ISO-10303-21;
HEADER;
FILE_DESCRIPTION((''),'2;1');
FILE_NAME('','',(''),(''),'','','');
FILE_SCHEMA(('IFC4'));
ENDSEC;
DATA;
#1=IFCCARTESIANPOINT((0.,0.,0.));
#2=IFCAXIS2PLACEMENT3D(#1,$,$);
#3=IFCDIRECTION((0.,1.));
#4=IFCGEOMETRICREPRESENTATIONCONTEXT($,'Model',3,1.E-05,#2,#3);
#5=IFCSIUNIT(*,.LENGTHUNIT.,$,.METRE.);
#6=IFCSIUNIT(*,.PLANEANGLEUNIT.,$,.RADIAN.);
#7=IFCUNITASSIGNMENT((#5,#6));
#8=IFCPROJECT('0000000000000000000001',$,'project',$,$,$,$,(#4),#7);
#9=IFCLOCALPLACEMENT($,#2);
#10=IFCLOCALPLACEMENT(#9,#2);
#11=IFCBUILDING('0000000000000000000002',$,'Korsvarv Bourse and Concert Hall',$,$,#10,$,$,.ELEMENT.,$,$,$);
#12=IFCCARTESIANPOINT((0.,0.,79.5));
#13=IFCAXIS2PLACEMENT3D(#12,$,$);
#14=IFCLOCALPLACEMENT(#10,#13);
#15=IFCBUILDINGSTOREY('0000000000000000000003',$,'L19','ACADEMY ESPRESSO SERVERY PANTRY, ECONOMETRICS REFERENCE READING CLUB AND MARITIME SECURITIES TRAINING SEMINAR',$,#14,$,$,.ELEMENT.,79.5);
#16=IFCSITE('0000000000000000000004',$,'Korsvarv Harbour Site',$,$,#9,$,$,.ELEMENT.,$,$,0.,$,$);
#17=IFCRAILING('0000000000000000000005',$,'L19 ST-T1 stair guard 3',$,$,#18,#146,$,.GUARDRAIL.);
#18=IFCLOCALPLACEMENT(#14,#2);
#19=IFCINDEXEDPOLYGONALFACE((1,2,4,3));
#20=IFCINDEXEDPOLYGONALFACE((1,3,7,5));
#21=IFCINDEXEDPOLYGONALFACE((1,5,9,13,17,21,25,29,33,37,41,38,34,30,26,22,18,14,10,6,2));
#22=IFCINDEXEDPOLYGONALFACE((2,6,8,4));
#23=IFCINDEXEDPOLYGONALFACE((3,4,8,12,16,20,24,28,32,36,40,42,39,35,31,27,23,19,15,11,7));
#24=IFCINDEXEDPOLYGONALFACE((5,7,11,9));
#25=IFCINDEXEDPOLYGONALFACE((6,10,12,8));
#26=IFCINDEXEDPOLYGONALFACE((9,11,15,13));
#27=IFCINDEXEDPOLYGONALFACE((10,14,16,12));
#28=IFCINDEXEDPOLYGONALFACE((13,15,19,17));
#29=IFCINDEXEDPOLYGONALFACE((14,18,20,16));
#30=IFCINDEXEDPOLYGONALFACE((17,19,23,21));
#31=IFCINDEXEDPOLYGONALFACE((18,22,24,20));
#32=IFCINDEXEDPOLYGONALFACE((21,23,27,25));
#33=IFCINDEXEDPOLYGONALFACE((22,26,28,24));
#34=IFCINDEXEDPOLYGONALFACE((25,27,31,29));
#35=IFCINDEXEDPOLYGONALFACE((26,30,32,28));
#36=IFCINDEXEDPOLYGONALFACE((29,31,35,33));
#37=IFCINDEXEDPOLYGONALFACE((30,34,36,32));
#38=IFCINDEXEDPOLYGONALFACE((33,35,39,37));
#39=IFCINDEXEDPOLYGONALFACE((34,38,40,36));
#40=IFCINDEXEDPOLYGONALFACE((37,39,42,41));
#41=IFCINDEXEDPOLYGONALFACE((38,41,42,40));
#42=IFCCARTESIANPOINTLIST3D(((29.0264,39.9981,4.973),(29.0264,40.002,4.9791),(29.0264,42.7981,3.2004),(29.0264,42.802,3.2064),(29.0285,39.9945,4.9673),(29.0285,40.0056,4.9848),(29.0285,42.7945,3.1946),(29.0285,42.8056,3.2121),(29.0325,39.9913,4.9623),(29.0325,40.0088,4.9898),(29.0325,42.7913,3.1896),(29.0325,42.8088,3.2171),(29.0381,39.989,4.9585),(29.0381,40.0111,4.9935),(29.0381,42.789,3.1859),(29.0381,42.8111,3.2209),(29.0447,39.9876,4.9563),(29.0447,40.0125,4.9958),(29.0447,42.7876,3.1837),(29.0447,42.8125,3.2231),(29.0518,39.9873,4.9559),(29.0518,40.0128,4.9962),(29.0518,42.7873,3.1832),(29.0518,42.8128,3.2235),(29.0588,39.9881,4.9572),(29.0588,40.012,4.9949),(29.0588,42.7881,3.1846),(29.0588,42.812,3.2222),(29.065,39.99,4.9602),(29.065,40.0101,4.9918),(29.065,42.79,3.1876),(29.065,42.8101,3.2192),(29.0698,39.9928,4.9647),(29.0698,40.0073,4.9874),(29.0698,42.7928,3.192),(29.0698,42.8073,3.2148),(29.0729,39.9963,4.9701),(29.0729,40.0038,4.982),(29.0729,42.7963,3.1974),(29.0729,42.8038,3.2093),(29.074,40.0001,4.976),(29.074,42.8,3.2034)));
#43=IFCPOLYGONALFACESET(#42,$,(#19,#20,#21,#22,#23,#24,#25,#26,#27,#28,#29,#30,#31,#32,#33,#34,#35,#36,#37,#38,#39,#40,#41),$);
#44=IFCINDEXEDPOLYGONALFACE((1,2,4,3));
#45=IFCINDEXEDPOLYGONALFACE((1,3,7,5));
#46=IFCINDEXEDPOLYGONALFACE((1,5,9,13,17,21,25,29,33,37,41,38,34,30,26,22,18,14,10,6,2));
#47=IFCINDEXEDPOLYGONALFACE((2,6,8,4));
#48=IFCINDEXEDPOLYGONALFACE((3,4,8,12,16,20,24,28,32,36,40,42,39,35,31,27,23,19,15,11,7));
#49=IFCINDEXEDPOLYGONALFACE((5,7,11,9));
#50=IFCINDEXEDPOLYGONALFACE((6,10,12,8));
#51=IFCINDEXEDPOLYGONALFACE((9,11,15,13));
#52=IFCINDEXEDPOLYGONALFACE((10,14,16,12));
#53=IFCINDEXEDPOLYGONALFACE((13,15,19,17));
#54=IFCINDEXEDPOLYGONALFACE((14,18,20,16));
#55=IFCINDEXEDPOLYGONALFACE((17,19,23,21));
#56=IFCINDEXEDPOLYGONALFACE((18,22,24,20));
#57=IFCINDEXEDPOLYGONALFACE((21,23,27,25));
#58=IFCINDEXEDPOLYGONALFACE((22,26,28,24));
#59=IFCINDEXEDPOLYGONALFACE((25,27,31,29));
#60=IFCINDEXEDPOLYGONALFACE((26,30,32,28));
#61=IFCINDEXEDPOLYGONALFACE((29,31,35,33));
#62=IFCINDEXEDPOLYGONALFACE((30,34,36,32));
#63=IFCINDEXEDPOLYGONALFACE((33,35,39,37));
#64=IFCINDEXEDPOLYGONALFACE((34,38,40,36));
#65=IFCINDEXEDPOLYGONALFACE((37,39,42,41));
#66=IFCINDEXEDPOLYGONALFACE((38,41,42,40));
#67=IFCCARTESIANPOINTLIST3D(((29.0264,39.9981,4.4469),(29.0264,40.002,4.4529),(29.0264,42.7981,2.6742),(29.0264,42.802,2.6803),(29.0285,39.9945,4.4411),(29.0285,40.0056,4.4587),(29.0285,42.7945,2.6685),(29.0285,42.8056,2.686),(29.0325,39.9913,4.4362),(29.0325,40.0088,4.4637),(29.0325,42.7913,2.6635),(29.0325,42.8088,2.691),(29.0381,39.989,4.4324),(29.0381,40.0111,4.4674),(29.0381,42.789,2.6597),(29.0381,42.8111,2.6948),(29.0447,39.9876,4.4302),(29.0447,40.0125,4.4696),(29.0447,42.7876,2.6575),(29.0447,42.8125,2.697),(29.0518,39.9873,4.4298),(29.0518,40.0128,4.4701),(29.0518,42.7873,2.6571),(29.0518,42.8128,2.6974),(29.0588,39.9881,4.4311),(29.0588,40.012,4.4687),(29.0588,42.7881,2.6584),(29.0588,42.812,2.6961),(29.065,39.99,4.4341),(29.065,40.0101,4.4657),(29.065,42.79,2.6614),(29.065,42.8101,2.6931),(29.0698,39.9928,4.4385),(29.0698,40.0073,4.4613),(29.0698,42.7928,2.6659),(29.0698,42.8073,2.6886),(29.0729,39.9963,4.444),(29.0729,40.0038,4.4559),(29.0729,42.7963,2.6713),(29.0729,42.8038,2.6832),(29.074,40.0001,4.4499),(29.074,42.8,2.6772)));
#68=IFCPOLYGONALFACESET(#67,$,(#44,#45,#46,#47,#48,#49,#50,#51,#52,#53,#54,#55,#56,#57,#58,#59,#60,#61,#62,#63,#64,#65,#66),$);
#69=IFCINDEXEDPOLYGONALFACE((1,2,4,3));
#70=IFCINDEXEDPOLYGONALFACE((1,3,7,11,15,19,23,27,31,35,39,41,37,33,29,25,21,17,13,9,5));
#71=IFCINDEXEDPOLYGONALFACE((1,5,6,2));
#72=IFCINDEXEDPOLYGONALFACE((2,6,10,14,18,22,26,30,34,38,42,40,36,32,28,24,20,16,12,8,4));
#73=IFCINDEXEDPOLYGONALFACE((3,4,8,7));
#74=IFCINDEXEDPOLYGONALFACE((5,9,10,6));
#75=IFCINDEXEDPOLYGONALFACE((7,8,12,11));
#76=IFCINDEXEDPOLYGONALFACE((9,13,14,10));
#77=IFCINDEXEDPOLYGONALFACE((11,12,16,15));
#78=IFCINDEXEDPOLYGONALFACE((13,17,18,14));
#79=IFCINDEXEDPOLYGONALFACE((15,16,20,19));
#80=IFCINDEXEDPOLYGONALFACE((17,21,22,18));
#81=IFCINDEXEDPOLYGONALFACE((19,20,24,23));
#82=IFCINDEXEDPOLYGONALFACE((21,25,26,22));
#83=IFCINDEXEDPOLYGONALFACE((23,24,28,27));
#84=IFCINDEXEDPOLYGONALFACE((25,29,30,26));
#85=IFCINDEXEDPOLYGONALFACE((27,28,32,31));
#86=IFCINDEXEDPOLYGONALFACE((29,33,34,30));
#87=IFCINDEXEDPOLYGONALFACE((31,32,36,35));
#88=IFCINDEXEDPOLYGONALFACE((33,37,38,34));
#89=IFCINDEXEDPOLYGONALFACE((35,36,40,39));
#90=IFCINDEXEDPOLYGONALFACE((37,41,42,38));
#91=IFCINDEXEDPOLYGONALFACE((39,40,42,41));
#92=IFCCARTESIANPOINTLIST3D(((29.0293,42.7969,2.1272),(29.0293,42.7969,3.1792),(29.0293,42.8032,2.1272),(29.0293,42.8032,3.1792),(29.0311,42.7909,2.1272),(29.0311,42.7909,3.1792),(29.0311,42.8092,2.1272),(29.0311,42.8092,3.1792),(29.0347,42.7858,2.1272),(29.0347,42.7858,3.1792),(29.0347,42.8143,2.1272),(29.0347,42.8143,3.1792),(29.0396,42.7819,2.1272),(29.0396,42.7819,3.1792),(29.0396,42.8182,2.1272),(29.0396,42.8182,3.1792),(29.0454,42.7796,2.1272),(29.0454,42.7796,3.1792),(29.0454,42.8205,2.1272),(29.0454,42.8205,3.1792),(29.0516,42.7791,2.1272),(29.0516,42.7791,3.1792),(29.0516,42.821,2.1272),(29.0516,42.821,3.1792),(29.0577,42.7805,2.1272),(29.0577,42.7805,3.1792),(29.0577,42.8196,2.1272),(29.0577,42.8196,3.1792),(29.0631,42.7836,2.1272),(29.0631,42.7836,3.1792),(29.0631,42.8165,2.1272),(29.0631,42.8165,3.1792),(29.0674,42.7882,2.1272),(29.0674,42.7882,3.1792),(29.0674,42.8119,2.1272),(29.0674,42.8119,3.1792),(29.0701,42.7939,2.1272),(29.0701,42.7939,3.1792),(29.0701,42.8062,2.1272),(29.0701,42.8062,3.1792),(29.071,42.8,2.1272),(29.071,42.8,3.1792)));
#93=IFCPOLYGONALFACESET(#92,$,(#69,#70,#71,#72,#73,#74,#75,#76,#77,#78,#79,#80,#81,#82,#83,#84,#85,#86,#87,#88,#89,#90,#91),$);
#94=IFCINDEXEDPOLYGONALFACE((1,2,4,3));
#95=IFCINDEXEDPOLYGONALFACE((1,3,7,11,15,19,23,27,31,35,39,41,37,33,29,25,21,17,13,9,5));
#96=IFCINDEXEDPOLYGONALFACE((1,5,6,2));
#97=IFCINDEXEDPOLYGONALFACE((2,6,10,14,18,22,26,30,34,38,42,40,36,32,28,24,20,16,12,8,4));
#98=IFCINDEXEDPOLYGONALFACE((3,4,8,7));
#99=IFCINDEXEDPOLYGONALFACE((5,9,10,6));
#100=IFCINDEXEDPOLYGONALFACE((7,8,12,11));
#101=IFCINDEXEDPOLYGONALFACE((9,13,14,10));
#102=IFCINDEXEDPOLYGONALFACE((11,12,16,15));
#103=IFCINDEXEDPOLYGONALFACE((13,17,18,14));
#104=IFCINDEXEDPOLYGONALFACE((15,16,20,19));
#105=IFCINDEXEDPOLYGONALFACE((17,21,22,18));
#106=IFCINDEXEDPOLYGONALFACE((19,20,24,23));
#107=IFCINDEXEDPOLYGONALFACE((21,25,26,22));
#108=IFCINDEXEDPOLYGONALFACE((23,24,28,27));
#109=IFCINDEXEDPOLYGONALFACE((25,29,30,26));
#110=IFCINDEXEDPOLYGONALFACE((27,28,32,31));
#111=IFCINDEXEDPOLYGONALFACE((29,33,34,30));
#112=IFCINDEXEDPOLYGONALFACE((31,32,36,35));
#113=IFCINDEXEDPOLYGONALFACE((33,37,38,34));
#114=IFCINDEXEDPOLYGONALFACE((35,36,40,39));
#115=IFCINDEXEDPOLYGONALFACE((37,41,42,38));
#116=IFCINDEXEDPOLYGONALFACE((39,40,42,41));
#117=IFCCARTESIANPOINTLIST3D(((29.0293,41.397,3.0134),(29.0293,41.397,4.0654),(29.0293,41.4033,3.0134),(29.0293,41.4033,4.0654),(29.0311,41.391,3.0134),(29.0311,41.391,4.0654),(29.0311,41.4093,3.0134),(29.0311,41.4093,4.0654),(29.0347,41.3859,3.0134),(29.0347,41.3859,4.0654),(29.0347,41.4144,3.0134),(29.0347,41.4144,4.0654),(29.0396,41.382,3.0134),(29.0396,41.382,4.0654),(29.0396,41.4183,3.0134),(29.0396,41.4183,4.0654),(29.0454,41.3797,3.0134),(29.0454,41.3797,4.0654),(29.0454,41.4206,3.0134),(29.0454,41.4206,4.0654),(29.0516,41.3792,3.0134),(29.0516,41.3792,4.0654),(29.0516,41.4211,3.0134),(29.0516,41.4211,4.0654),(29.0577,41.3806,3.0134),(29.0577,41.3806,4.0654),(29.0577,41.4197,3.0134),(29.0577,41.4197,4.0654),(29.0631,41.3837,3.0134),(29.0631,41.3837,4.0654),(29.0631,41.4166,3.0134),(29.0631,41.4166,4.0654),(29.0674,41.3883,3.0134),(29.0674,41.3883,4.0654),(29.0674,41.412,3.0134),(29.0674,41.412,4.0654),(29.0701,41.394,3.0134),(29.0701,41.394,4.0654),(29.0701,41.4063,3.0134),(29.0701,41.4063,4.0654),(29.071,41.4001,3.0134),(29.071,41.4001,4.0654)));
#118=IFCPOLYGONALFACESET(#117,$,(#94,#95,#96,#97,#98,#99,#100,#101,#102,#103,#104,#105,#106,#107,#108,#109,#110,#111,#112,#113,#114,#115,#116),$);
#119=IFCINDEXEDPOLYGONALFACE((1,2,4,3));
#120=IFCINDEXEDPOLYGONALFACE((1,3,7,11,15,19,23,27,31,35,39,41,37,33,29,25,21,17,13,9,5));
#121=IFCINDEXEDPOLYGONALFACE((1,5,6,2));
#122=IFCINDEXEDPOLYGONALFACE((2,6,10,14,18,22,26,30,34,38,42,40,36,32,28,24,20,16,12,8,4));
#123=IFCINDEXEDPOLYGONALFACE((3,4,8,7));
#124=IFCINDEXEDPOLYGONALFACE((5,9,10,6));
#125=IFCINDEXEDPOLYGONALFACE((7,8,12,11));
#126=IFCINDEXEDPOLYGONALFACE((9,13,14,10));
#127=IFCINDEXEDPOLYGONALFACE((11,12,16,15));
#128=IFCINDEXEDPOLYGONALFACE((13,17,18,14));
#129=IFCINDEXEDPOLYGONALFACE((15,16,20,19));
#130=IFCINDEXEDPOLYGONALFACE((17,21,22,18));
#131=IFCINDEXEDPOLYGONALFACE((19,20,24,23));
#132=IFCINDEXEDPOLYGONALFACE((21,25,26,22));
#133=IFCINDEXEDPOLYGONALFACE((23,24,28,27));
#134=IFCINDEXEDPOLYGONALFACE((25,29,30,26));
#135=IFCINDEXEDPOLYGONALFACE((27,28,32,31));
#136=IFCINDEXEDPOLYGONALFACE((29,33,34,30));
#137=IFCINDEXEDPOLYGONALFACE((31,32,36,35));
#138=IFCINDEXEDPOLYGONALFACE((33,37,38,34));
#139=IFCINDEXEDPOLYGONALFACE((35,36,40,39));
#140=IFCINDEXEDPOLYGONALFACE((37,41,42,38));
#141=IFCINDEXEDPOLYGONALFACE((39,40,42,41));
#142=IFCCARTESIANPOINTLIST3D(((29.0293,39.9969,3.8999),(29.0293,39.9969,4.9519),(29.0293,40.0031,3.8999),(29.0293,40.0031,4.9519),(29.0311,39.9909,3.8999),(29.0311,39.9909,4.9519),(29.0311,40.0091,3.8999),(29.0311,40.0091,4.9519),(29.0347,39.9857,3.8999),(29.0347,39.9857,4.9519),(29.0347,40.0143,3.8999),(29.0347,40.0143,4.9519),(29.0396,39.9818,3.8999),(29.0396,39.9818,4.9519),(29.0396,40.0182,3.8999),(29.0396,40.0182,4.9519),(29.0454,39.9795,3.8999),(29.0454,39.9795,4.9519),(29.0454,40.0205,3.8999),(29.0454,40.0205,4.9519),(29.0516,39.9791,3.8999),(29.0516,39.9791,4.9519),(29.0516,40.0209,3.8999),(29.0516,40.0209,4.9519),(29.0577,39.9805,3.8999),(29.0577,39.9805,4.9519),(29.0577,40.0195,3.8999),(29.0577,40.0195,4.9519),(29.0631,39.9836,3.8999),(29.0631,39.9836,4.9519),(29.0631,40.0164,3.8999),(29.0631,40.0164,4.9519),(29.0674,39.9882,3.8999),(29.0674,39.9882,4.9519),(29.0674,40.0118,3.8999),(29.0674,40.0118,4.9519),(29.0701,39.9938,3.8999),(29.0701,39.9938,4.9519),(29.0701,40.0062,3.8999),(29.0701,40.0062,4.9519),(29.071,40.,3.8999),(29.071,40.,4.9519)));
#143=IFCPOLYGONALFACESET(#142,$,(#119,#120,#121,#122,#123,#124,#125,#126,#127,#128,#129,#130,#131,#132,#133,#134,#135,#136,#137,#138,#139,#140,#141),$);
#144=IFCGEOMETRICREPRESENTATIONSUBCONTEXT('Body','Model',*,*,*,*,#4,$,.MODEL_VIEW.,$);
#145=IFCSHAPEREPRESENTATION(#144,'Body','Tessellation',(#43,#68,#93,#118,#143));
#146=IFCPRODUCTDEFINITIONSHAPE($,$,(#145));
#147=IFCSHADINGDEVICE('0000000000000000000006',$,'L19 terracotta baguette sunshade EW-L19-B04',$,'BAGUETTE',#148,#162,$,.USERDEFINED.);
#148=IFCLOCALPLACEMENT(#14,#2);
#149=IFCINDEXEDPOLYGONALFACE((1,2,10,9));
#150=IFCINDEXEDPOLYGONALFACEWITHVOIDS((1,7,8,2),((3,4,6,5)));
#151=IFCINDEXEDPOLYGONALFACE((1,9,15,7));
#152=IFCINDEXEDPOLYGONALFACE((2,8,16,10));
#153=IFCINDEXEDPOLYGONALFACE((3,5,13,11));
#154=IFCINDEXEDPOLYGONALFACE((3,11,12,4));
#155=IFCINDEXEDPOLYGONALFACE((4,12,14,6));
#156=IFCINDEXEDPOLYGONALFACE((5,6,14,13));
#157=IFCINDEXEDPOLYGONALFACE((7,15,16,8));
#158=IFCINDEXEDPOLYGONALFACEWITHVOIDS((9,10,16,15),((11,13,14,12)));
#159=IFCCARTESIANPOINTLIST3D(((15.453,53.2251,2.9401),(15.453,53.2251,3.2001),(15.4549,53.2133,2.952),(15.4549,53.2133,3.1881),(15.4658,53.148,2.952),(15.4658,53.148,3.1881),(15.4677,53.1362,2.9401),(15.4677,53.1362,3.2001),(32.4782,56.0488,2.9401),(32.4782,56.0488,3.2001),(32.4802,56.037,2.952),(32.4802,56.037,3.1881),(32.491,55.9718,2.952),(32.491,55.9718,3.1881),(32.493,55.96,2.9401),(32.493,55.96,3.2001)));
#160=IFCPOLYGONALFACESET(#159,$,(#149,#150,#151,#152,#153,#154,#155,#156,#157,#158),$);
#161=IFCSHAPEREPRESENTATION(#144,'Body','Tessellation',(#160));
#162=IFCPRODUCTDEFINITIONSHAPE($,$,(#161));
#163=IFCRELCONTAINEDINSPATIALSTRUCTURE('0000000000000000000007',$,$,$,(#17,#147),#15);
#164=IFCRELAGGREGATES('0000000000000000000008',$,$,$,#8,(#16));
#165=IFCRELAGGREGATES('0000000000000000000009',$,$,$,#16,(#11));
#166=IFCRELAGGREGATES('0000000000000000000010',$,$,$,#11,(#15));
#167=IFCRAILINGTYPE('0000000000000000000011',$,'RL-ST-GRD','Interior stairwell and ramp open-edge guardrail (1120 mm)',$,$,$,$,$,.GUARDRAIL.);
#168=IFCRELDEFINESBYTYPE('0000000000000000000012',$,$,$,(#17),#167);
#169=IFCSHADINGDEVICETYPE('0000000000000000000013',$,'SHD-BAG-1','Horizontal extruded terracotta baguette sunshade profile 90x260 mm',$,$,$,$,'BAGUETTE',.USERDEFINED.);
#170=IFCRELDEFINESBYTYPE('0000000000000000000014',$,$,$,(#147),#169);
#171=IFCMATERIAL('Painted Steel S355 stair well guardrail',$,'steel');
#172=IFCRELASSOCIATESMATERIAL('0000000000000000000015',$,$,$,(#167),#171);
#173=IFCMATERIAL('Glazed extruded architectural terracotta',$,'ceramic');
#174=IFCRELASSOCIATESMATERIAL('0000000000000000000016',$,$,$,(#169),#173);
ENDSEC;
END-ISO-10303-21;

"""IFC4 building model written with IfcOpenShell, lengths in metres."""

from ifc_helpers import new_model, si_unit, direction, frame, origin, origin_2d, place, context, subcontext, project, spatial, hollow_rectangle, circle, extrude, source, transform, mapped, material, material_profile, profile_set, type_object, element, save


model = new_model("IFC4")

# Units and contexts
model_context = context("Model", 3, precision=1e-05, world=origin(), true_north=direction((0.0, 1.0)))
body_context = subcontext(model_context, "Body", "Model", "MODEL_VIEW")
ifc_project = project(units=[si_unit("LENGTHUNIT", "METRE"), si_unit("PLANEANGLEUNIT", "RADIAN")], contexts=[model_context])

# Site, building, storey
site_placement = place(None, origin())
site = spatial("IfcSite", under=ifc_project, at=site_placement, Name="Korsvarv Harbour Site", CompositionType="ELEMENT", RefElevation=0.0)
building_placement = place(site_placement, origin())
building = spatial("IfcBuilding", under=site, at=building_placement, Name="Korsvarv Bourse and Concert Hall", CompositionType="ELEMENT")
storey_placement = place(building_placement, frame((0.0, 0.0, 79.5)))
storey = spatial("IfcBuildingStorey", under=building, at=storey_placement, Name="L19", Description="ACADEMY ESPRESSO SERVERY PANTRY, ECONOMETRICS REFERENCE READING CLUB AND MARITIME SECURITIES TRAINING SEMINAR", CompositionType="ELEMENT", Elevation=79.5)

# Railing
ifc_material_1 = material(Name="Painted Steel S355 stair well guardrail", Category="steel")
railing_type = type_object("IfcRailingType", Name="RL-ST-GRD", Description="Interior stairwell and ramp open-edge guardrail (1120 mm)", PredefinedType="GUARDRAIL", material=ifc_material_1)
railing_1_placement = place(storey_placement, frame((29.05, 42.8, 2.1272)))
element("IfcRailing", 1, at=railing_1_placement, inside=storey, type_object=railing_type, Name="L19 ST-T1 stair guard 3", PredefinedType="GUARDRAIL", context=body_context, shape_type="SweptSolid", body=[
    extrude(circle(Radius=0.0239, at=origin_2d()), frame((0.0, 0.0, 1.0762), z_axis=(0.0, -0.844909, 0.53491), x_axis=(1.0, 0.0, 0.0)), (0.0, 0.0, 1.0), 3.314),
    extrude(circle(Radius=0.0239, at=origin_2d()), frame((0.0, 0.0, 0.55), z_axis=(0.0, -0.844909, 0.53491), x_axis=(1.0, 0.0, 0.0)), (0.0, 0.0, 1.0), 3.314),
    extrude(circle(Radius=0.021, at=origin_2d()), origin(), (0.0, 0.0, 1.0), 1.052),
    extrude(circle(Radius=0.021, at=origin_2d()), frame((0.0, -1.3999, 0.8862)), (0.0, 0.0, 1.0), 1.052),
    extrude(circle(Radius=0.021, at=origin_2d()), frame((0.0, -2.8, 1.7727)), (0.0, 0.0, 1.0), 1.052),
])

# Shading device
ifc_material_2 = material(Name="Glazed extruded architectural terracotta", Category="ceramic")
ifc_material_profile_1 = material_profile(ifc_material_2, hollow_rectangle(XDim=0.0901, YDim=0.26, WallThickness=0.012, at=origin_2d()), Name="TC-BAG 90x260")
ifc_profile_set_1 = profile_set([ifc_material_profile_1], Name="Glazed extruded architectural terracotta")
shading_device_type = type_object("IfcShadingDeviceType", Name="SHD-BAG-1", Description="Horizontal extruded terracotta baguette sunshade profile 90x260 mm", ElementType="BAGUETTE", PredefinedType="USERDEFINED", material=ifc_profile_set_1)
shared_shape_1 = source(origin(), body_context, "Body", "SweptSolid", [
    extrude(hollow_rectangle(XDim=0.0901, YDim=0.26, WallThickness=0.012, at=origin_2d()), origin(), (0.0, 0.0, 1.0), 17.2578),
])
shading_device_placement = place(storey_placement, frame((32.4856, 56.0044, 3.0701), z_axis=(-0.986523, -0.163621, 0.0), x_axis=(0.163621, -0.986523, 0.0)))
element("IfcShadingDevice", 2, at=shading_device_placement, inside=storey, type_object=shading_device_type, Name="L19 terracotta baguette sunshade EW-L19-B04", ObjectType="BAGUETTE", PredefinedType="USERDEFINED", context=body_context, shape_type="MappedRepresentation", body=[
    mapped(shared_shape_1, transform((0.0, 0.0, 0.0), scale=1.0)),
])

save(model, "model.ifc")
